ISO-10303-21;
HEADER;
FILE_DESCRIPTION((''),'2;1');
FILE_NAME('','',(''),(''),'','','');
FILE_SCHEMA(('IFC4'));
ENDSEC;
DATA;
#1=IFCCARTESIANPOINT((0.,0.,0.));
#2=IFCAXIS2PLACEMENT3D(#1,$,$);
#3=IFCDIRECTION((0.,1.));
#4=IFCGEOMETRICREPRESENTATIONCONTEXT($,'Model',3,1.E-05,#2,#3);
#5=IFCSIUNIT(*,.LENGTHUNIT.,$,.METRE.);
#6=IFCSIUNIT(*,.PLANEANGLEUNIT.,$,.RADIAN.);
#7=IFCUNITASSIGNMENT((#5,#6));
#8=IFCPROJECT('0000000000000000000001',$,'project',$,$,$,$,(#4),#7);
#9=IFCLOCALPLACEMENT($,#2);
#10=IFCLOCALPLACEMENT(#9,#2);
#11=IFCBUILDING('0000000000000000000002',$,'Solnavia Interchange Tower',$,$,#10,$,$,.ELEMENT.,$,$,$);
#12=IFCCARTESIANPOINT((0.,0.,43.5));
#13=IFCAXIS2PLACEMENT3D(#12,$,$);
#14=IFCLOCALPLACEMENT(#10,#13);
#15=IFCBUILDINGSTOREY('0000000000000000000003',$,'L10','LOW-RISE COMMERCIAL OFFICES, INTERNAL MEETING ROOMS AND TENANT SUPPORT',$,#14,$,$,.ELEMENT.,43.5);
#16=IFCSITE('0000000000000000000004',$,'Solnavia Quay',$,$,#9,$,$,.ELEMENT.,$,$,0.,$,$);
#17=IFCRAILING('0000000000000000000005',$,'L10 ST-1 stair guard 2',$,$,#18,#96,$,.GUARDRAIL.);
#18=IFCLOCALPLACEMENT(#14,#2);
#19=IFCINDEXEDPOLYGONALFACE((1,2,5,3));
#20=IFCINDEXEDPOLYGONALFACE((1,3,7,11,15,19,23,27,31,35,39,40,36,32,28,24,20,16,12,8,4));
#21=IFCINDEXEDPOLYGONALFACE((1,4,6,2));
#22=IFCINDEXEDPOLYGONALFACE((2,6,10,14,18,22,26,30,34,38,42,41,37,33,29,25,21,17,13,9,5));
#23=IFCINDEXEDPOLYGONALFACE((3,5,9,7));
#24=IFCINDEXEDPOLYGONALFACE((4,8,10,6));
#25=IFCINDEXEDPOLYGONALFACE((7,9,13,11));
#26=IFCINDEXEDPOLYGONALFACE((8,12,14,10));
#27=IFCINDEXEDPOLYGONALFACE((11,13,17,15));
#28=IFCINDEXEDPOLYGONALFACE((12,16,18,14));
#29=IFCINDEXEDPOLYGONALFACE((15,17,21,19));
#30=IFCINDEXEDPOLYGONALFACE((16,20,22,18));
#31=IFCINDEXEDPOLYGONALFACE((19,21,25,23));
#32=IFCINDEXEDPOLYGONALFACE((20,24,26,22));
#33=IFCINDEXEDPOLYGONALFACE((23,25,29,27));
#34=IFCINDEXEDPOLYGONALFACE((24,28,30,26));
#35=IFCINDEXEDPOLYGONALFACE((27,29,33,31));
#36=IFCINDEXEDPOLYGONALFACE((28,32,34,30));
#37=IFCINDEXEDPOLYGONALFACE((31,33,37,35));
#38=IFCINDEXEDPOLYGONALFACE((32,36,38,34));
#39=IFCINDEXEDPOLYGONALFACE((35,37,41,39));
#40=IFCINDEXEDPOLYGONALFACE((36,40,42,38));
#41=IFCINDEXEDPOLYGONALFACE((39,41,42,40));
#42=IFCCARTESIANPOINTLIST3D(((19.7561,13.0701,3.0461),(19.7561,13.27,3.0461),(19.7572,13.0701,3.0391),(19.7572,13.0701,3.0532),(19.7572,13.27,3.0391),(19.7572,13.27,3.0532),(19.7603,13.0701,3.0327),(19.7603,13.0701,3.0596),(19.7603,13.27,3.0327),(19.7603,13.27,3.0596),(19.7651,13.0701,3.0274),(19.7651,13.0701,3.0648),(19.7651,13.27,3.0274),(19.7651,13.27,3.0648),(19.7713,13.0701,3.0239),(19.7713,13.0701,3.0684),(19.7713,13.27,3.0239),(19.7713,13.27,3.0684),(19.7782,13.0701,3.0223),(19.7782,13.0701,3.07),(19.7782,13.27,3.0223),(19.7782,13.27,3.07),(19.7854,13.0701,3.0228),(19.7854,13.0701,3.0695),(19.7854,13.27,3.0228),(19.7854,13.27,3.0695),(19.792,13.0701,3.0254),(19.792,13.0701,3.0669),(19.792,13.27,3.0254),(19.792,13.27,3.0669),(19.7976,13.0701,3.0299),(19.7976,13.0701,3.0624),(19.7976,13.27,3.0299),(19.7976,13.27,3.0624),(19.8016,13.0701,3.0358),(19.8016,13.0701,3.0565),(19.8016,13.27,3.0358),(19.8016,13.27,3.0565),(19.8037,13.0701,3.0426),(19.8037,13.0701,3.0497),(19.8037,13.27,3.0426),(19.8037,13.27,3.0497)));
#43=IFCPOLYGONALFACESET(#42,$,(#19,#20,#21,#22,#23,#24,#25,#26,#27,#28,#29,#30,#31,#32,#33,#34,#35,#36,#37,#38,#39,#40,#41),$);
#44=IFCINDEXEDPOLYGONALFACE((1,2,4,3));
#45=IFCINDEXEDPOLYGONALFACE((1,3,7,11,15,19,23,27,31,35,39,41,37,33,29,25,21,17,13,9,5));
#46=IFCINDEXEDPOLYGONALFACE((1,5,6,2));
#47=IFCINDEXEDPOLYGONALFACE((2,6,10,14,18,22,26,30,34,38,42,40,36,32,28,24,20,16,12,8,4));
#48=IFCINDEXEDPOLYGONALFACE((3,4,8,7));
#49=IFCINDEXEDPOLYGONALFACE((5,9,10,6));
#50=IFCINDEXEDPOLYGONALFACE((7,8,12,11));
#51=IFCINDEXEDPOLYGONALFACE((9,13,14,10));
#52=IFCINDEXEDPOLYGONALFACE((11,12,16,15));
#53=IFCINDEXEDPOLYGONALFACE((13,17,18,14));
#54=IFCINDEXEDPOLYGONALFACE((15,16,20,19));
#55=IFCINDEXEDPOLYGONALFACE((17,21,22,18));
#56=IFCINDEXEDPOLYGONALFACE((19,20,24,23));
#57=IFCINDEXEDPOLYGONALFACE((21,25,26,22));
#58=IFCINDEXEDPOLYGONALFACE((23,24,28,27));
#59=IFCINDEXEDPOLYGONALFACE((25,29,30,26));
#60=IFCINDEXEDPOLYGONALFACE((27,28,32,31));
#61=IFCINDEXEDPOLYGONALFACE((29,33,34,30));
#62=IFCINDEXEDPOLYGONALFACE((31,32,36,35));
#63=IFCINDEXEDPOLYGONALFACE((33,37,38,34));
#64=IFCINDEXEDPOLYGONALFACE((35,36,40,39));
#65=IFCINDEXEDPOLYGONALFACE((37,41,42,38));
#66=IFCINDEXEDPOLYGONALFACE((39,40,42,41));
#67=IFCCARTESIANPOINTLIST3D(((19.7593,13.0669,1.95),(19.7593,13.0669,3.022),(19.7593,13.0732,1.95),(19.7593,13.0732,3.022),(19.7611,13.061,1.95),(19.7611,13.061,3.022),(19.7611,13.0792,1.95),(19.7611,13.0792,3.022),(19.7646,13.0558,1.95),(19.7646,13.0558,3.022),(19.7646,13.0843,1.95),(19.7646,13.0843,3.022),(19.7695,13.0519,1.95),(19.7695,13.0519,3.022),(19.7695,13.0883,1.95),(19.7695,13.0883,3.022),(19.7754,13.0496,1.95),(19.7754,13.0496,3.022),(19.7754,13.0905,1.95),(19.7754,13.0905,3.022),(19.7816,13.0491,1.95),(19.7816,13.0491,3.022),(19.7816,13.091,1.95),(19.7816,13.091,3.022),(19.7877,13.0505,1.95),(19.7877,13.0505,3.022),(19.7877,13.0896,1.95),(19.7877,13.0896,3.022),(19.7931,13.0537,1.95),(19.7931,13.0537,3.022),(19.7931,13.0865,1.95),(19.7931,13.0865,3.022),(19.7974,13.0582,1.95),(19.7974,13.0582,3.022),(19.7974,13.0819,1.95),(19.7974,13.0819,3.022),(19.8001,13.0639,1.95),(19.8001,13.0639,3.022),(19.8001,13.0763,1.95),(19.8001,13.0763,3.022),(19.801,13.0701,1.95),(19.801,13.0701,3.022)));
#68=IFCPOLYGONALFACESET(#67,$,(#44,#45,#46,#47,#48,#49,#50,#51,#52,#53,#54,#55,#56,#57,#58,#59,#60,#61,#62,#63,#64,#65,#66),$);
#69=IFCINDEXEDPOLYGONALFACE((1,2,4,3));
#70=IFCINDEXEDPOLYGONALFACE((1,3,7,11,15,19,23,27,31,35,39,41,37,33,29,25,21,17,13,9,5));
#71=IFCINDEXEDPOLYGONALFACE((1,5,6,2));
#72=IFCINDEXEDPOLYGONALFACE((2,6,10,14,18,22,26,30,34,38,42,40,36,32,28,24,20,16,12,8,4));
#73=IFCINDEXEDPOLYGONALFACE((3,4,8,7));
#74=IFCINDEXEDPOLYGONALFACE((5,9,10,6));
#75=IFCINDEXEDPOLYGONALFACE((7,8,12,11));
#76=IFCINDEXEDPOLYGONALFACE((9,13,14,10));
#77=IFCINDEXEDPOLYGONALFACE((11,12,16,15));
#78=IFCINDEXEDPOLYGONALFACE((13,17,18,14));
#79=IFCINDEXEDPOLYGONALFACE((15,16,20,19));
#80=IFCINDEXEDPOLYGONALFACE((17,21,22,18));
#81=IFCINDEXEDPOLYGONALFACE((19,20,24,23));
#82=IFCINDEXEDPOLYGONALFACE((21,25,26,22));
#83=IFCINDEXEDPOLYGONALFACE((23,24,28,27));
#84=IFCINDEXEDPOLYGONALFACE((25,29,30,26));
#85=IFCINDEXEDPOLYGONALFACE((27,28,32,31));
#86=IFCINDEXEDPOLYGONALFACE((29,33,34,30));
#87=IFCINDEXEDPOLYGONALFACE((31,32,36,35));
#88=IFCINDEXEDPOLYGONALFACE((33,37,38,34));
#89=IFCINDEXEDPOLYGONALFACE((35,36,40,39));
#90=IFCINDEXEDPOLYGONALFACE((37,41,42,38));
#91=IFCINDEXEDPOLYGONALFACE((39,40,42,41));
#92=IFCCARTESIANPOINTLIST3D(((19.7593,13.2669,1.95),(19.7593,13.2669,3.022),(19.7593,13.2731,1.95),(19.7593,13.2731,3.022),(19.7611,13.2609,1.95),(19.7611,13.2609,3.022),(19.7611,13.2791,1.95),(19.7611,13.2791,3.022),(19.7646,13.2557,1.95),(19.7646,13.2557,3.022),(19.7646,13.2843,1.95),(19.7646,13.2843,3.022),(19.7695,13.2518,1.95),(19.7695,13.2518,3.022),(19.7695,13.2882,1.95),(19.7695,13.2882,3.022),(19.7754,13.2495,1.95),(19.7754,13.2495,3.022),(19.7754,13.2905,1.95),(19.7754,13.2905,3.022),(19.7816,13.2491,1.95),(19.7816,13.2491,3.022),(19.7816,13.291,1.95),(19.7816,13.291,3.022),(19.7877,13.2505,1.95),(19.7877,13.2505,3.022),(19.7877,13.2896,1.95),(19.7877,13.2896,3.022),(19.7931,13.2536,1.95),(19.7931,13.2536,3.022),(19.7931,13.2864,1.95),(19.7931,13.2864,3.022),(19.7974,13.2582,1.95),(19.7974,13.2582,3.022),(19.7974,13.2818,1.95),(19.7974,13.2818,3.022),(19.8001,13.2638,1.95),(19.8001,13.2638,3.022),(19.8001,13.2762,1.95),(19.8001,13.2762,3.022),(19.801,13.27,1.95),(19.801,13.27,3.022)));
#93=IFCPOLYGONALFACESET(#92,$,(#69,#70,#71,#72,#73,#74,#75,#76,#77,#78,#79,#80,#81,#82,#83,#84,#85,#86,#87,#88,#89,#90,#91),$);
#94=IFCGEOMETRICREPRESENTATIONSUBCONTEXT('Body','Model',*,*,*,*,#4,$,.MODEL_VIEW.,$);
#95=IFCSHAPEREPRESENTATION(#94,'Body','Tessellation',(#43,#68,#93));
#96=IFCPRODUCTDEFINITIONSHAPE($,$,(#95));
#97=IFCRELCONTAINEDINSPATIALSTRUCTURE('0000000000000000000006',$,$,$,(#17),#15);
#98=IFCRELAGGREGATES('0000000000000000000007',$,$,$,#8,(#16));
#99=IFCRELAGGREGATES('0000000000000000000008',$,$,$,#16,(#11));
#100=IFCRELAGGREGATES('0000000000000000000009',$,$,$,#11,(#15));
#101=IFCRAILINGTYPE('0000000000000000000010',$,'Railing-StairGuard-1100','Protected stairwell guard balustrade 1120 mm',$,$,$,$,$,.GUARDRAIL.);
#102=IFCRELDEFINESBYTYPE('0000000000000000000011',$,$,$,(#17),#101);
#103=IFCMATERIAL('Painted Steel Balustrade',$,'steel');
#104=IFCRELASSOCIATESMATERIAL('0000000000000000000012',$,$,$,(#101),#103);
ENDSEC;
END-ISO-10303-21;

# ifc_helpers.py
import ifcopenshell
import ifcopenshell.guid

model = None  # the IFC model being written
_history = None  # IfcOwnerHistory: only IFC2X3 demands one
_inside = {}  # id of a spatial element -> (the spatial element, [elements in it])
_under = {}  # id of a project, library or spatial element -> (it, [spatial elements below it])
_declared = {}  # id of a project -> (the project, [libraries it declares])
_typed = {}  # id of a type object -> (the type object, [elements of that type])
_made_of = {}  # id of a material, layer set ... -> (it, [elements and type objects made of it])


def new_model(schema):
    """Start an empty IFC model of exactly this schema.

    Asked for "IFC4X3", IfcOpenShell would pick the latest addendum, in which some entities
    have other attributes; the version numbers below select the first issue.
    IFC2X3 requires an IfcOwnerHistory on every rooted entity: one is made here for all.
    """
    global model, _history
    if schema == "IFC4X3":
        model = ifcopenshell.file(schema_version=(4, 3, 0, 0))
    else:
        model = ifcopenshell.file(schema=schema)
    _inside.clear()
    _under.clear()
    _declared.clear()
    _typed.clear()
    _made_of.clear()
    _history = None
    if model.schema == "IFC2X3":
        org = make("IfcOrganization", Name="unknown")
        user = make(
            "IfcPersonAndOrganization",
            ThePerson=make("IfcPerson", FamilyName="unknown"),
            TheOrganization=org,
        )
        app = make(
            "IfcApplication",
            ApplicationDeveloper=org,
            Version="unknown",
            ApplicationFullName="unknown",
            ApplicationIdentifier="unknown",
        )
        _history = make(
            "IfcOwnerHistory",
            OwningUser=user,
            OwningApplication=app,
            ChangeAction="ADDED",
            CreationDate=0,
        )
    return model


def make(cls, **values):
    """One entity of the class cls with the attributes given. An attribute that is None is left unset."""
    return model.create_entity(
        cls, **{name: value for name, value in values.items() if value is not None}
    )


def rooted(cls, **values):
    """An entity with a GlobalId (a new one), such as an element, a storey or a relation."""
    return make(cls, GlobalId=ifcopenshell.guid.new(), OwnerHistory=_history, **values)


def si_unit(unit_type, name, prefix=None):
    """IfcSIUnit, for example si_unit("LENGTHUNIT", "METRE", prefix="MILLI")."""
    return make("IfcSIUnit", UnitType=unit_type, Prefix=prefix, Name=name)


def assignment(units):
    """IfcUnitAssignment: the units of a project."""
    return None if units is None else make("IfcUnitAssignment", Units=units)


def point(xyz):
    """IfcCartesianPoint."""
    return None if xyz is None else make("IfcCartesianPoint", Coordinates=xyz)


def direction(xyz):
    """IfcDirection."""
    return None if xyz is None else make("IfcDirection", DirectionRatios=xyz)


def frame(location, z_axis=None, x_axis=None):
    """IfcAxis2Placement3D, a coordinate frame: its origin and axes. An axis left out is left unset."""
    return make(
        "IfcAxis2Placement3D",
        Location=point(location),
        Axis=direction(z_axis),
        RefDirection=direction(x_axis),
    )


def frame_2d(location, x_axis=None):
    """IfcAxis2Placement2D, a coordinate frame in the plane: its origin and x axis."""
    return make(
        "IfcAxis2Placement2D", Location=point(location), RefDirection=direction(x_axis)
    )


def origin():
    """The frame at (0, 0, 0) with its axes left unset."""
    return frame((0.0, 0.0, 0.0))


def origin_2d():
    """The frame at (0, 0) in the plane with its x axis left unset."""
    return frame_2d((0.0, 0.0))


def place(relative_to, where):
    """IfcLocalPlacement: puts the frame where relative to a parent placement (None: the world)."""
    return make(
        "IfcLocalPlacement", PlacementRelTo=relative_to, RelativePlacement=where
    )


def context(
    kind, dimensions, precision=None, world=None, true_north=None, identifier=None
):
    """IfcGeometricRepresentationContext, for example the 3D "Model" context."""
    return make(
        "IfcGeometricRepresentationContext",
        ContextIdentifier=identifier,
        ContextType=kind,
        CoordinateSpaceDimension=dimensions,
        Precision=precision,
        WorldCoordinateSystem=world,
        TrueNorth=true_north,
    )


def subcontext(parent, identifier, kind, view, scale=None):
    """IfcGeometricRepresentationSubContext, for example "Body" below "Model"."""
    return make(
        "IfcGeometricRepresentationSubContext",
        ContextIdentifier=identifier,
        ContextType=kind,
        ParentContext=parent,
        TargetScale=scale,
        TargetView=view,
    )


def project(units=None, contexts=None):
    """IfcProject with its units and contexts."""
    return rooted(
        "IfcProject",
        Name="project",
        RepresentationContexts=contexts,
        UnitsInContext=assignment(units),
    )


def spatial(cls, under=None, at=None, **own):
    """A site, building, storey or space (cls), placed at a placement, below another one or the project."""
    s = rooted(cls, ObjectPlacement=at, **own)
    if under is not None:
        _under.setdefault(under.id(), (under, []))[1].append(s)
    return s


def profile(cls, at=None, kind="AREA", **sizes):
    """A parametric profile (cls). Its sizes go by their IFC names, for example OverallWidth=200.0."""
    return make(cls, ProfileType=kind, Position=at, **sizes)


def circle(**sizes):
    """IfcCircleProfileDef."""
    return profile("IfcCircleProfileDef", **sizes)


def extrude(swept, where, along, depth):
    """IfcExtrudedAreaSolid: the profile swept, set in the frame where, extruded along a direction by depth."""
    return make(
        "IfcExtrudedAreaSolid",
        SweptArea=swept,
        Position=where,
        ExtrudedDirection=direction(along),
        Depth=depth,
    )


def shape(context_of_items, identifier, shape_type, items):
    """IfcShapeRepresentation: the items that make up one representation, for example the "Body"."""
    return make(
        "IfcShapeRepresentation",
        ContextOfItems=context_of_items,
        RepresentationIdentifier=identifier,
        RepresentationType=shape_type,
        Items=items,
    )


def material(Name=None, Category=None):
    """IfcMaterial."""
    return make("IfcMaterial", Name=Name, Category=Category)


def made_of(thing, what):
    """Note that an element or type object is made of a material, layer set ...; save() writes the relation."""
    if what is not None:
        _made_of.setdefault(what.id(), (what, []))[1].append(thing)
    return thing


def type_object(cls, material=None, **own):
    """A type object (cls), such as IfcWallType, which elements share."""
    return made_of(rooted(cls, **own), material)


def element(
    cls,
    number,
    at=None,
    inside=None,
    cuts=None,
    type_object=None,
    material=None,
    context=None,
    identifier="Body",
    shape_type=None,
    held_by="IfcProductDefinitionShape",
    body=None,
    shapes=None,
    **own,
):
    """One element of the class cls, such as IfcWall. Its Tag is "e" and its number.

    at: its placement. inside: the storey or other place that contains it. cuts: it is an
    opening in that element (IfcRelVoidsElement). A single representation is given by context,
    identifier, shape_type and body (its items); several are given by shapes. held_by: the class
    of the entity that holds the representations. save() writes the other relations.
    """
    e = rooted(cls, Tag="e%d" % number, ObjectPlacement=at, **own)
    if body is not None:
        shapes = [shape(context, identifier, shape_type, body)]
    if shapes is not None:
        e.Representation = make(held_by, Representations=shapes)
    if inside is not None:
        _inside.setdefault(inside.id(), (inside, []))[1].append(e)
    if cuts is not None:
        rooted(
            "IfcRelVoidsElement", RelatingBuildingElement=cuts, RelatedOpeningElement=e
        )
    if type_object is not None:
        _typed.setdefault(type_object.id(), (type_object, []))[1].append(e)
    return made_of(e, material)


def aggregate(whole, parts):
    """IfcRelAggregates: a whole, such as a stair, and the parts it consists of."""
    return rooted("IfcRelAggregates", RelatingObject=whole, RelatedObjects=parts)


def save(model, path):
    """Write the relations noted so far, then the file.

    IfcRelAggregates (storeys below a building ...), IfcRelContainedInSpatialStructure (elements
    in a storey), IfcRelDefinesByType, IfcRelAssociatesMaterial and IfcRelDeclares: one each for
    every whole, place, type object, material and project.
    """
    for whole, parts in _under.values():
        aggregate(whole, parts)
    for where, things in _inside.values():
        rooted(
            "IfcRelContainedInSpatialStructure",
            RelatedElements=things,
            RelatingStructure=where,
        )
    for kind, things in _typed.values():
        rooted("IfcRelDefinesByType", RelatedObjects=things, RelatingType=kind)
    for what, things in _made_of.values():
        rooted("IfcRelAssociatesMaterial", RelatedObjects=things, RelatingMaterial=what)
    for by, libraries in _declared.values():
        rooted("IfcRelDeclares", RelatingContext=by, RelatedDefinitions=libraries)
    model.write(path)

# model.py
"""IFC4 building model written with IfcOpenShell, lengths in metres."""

from ifc_helpers import new_model, si_unit, direction, frame, origin, origin_2d, place, context, subcontext, project, spatial, circle, extrude, material, type_object, element, save


model = new_model("IFC4")

# Units and contexts
model_context = context("Model", 3, precision=1e-05, world=origin(), true_north=direction((0.0, 1.0)))
body_context = subcontext(model_context, "Body", "Model", "MODEL_VIEW")
ifc_project = project(units=[si_unit("LENGTHUNIT", "METRE"), si_unit("PLANEANGLEUNIT", "RADIAN")], contexts=[model_context])

# Site, building, storey
site_placement = place(None, origin())
site = spatial("IfcSite", under=ifc_project, at=site_placement, Name="Solnavia Quay", CompositionType="ELEMENT", RefElevation=0.0)
building_placement = place(site_placement, origin())
building = spatial("IfcBuilding", under=site, at=building_placement, Name="Solnavia Interchange Tower", CompositionType="ELEMENT")
storey_placement = place(building_placement, frame((0.0, 0.0, 43.5)))
storey = spatial("IfcBuildingStorey", under=building, at=storey_placement, Name="L10", Description="LOW-RISE COMMERCIAL OFFICES, INTERNAL MEETING ROOMS AND TENANT SUPPORT", CompositionType="ELEMENT", Elevation=43.5)

# Railing
ifc_material_1 = material(Name="Painted Steel Balustrade", Category="steel")
railing_type_1 = type_object("IfcRailingType", Name="Railing-StairGuard-1100", Description="Protected stairwell guard balustrade 1120 mm", PredefinedType="GUARDRAIL", material=ifc_material_1)
railing_1_placement = place(storey_placement, frame((19.78, 13.0701, 1.95)))
element("IfcRailing", 1, at=railing_1_placement, inside=storey, type_object=railing_type_1, Name="L10 ST-1 stair guard 2", PredefinedType="GUARDRAIL", context=body_context, shape_type="SweptSolid", body=[
    extrude(circle(Radius=0.0239, at=origin_2d()), frame((0.0, 0.0, 1.0962), z_axis=(0.0, 1.0, 0.0), x_axis=(-1.0, 0.0, 0.0)), (0.0, 0.0, 1.0), 0.2),
    extrude(circle(Radius=0.021, at=origin_2d()), origin(), (0.0, 0.0, 1.0), 1.072),
    extrude(circle(Radius=0.021, at=origin_2d()), frame((0.0, 0.2, 0.0)), (0.0, 0.0, 1.0), 1.072),
])

save(model, "model.ifc")
